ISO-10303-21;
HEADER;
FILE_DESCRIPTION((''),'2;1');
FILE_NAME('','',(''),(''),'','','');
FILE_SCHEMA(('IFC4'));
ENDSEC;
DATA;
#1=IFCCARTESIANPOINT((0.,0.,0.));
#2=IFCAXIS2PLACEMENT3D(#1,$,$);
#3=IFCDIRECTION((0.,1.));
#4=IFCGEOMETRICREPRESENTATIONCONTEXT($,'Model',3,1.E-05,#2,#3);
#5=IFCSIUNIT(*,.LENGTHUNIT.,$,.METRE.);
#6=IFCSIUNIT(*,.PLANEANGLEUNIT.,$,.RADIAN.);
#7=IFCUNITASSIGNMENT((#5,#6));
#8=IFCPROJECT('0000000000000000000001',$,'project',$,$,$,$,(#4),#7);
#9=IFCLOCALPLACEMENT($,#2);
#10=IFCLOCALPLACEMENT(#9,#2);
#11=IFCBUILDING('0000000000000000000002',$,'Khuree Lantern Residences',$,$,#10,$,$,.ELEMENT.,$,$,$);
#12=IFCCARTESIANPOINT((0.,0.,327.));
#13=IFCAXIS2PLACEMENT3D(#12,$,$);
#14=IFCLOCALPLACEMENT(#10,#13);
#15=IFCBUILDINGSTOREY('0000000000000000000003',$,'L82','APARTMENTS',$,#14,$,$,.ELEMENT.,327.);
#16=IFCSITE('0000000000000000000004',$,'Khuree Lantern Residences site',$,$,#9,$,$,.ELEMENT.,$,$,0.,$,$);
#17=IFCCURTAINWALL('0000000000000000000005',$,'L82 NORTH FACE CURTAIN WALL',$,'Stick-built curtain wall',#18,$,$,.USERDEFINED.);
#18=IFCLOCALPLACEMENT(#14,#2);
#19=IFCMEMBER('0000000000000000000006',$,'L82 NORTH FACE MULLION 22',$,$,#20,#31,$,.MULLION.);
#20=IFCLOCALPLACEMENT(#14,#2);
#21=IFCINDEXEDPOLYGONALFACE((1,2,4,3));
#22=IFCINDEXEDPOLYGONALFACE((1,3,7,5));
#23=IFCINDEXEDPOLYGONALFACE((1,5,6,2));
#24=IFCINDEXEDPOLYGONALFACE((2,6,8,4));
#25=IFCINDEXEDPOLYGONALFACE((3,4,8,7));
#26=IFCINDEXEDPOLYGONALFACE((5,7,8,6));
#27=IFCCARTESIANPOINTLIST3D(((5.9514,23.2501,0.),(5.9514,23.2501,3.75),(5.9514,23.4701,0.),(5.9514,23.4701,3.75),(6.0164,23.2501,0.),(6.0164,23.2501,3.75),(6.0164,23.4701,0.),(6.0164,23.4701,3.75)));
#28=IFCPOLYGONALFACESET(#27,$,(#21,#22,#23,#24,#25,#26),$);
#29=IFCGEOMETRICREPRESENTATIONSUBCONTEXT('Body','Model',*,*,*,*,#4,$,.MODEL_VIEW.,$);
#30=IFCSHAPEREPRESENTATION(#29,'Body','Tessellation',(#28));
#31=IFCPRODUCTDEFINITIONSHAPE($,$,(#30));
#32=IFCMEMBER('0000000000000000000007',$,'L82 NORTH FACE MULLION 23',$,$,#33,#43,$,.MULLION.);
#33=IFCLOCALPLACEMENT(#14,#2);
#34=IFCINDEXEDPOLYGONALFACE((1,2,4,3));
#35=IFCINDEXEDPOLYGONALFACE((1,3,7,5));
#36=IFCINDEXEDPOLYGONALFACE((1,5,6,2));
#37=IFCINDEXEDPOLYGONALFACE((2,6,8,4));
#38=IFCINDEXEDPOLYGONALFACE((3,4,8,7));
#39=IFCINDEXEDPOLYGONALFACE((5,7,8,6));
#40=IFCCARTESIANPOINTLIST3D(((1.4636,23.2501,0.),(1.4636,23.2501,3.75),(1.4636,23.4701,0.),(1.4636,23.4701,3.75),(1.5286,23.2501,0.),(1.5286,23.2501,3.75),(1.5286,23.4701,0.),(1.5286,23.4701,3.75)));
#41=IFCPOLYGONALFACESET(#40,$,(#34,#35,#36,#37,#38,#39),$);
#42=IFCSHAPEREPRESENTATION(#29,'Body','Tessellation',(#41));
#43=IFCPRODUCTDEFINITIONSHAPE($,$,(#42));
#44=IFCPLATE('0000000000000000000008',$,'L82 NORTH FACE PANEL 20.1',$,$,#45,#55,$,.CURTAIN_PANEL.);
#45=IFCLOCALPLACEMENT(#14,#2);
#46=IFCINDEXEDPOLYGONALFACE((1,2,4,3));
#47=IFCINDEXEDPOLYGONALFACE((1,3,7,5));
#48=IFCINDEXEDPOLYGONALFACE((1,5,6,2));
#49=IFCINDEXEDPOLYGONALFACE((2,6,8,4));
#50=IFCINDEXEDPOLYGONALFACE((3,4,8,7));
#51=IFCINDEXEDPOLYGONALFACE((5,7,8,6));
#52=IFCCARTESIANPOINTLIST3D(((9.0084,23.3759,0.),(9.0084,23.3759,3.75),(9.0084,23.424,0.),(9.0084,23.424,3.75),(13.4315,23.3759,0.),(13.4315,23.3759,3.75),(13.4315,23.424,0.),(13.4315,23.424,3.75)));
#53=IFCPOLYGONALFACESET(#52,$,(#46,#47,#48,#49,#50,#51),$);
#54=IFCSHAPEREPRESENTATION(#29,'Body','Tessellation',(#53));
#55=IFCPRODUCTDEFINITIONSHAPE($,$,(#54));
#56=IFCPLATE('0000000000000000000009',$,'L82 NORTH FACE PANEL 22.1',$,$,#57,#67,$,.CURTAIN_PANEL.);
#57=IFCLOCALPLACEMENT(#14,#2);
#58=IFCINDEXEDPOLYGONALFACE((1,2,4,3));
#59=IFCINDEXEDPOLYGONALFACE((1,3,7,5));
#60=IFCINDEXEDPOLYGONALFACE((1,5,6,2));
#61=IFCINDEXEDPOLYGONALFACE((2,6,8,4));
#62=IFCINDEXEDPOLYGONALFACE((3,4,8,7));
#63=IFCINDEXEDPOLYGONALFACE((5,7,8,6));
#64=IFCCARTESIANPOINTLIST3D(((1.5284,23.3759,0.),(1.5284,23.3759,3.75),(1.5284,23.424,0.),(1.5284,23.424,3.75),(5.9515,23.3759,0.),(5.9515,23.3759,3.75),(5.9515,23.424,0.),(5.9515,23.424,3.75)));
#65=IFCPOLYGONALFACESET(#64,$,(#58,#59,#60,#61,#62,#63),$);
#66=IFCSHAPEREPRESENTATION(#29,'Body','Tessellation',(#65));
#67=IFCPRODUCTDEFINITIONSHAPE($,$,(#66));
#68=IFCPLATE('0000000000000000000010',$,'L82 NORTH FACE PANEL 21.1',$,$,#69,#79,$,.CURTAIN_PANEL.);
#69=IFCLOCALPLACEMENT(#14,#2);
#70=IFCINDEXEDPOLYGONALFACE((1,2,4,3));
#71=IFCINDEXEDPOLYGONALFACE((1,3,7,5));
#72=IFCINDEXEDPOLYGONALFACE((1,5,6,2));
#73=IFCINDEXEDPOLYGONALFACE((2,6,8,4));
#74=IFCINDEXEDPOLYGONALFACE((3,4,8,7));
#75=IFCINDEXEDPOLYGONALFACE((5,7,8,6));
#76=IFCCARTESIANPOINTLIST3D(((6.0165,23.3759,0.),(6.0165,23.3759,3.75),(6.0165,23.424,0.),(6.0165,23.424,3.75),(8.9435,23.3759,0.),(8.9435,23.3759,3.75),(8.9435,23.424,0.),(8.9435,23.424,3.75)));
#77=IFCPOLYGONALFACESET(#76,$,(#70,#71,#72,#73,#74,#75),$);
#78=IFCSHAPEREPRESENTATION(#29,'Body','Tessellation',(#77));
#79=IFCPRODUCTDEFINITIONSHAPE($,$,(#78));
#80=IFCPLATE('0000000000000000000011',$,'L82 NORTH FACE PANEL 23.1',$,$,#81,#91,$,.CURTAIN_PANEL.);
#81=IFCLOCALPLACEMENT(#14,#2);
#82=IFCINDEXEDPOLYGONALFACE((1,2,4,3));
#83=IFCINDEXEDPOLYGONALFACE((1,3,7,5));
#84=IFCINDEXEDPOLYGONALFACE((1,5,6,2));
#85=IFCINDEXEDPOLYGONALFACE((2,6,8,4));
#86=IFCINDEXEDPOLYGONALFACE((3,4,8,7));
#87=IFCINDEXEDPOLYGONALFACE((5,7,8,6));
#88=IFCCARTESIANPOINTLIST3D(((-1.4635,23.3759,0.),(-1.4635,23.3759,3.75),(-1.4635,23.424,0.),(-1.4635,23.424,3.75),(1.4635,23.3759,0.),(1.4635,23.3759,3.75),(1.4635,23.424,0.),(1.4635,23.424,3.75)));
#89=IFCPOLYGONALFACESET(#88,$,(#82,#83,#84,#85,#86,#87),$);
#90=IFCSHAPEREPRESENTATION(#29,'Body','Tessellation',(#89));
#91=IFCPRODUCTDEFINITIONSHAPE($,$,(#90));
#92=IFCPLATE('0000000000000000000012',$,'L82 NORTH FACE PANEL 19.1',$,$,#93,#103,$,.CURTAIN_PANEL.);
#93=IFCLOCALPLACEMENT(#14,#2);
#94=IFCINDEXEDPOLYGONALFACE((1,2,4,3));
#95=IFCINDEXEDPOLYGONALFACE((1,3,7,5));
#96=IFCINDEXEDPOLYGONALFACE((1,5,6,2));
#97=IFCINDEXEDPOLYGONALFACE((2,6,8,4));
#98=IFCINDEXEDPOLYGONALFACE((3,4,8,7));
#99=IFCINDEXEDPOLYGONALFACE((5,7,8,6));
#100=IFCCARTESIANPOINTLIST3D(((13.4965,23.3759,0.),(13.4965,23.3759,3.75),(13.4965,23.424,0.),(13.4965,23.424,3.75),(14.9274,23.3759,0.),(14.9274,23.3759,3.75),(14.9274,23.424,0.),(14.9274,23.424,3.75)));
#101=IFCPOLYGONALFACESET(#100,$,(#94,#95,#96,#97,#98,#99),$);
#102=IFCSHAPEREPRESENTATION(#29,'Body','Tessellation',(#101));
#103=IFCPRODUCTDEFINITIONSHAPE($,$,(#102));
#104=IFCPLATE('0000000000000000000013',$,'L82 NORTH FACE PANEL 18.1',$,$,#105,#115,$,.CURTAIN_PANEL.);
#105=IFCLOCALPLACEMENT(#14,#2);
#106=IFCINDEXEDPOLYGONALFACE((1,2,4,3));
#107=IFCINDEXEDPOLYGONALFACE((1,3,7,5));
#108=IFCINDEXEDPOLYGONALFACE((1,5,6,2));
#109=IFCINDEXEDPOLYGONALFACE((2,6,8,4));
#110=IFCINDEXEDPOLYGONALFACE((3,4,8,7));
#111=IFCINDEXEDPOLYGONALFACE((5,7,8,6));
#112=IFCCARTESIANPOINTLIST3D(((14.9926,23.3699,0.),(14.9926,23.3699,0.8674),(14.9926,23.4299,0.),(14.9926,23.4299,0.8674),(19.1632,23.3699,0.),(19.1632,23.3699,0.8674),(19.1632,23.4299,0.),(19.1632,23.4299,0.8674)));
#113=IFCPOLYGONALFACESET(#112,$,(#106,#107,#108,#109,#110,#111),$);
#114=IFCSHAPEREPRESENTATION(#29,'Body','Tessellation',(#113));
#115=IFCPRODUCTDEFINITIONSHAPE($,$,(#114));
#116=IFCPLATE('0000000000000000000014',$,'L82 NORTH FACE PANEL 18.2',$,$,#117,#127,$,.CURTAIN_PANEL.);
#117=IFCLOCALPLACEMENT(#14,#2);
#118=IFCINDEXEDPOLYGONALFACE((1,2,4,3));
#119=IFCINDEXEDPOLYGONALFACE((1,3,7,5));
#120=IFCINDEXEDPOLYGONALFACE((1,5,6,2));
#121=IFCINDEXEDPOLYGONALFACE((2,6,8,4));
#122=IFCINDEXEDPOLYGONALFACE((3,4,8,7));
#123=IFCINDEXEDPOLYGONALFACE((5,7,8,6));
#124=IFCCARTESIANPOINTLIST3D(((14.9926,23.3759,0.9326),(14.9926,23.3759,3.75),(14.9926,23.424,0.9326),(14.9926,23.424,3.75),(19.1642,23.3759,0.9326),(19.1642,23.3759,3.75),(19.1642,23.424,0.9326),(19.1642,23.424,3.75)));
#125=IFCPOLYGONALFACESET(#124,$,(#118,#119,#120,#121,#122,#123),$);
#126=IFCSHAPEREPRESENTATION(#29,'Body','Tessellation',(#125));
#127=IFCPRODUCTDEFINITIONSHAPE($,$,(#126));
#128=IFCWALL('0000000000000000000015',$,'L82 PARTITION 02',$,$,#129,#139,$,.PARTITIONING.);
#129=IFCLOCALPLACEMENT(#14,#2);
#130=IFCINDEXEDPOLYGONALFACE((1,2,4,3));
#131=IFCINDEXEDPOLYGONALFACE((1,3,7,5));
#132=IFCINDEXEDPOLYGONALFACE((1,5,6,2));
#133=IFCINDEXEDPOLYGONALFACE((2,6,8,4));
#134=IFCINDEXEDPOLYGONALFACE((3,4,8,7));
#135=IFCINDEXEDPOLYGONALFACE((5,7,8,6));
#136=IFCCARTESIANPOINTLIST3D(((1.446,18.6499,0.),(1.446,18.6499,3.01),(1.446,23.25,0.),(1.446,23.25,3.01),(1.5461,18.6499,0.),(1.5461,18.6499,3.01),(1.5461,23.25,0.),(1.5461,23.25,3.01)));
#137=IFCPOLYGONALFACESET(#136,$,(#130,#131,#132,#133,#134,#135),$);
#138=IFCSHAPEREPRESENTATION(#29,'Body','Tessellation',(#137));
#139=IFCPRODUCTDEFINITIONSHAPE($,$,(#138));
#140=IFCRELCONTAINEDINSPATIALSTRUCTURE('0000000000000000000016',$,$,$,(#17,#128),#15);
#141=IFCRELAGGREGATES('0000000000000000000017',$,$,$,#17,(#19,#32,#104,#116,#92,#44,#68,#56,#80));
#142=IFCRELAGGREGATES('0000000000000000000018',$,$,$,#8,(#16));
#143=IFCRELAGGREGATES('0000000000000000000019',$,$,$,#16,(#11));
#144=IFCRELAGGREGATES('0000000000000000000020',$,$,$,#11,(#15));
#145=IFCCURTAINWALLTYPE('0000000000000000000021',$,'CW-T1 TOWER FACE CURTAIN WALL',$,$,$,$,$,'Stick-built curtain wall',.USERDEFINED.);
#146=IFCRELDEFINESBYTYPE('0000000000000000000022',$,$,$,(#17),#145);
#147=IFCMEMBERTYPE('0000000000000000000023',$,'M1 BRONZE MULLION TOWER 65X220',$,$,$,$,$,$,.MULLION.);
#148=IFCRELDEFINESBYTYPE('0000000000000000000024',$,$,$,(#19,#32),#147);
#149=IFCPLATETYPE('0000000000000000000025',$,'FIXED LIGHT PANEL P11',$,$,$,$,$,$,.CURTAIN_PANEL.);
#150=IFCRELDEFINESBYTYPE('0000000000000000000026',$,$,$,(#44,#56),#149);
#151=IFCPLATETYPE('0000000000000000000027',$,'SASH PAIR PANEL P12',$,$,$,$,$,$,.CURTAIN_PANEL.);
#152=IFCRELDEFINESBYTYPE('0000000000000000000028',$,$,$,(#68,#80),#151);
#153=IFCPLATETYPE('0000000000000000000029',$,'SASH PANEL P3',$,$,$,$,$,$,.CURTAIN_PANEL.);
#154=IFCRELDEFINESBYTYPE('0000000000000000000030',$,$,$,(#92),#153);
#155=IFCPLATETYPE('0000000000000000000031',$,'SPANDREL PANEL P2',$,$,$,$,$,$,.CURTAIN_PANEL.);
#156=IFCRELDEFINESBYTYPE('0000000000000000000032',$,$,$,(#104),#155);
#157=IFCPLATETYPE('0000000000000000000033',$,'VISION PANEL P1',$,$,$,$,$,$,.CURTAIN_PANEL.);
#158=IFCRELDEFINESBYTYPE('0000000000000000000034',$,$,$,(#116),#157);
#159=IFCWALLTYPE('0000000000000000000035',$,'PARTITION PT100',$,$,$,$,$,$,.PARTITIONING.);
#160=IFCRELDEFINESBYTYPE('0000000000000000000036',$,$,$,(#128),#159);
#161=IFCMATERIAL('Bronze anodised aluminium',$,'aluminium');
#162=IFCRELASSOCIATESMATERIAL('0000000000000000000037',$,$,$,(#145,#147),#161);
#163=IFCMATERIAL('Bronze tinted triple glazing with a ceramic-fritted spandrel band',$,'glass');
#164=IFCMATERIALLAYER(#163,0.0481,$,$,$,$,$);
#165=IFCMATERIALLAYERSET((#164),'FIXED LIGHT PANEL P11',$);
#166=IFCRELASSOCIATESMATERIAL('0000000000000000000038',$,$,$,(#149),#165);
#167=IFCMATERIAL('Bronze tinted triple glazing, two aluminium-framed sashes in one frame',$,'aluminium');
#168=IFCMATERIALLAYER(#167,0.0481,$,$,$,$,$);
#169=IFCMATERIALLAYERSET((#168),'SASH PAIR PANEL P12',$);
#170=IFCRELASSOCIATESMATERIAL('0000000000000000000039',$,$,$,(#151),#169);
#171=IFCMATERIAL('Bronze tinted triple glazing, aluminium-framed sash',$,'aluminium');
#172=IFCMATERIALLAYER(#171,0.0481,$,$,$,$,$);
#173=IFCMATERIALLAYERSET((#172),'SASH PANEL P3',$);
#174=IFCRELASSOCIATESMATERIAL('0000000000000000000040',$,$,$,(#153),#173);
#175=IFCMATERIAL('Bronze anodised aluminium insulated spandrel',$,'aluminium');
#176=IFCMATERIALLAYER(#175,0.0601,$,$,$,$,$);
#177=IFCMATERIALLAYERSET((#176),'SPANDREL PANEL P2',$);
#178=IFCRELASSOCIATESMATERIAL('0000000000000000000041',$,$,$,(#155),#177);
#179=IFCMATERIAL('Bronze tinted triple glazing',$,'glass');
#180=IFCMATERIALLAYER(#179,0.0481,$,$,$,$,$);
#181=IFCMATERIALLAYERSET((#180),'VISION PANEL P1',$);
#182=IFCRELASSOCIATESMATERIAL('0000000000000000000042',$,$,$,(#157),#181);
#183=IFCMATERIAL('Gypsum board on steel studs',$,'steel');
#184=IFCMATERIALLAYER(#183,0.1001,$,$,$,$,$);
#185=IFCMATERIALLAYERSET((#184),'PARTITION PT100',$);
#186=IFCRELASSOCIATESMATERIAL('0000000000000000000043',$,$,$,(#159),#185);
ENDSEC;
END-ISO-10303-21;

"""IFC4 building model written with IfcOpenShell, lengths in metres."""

from ifc_helpers import new_model, si_unit, direction, frame, frame_2d, origin, origin_2d, place, context, subcontext, project, spatial, rectangle, extrude, material, layer, layer_set, material_profile, profile_set, type_object, element, aggregate, save


model = new_model("IFC4")

# Units and contexts
model_context = context("Model", 3, precision=1e-05, world=origin(), true_north=direction((0.0, 1.0)))
body_context = subcontext(model_context, "Body", "Model", "MODEL_VIEW")
ifc_project = project(units=[si_unit("LENGTHUNIT", "METRE"), si_unit("PLANEANGLEUNIT", "RADIAN")], contexts=[model_context])

# Site, building, storey
site_placement = place(None, origin())
site = spatial("IfcSite", under=ifc_project, at=site_placement, Name="Khuree Lantern Residences site", CompositionType="ELEMENT", RefElevation=0.0)
building_placement = place(site_placement, origin())
building = spatial("IfcBuilding", under=site, at=building_placement, Name="Khuree Lantern Residences", CompositionType="ELEMENT")
storey_placement = place(building_placement, frame((0.0, 0.0, 327.0)))
storey = spatial("IfcBuildingStorey", under=building, at=storey_placement, Name="L82", Description="APARTMENTS", CompositionType="ELEMENT", Elevation=327.0)

# Curtain wall
ifc_material_1 = material(Name="Bronze anodised aluminium", Category="aluminium")
curtain_wall_type = type_object("IfcCurtainWallType", Name="CW-T1 TOWER FACE CURTAIN WALL", ElementType="Stick-built curtain wall", PredefinedType="USERDEFINED", material=ifc_material_1)
curtain_wall_placement = place(storey_placement, origin())
curtain_wall = element("IfcCurtainWall", 1, at=curtain_wall_placement, inside=storey, type_object=curtain_wall_type, Name="L82 NORTH FACE CURTAIN WALL", ObjectType="Stick-built curtain wall", PredefinedType="USERDEFINED")

# Members
ifc_material_profile_1 = material_profile(ifc_material_1, rectangle(XDim=0.0649, YDim=0.22, at=origin_2d()), Name="M1 65X220")
ifc_profile_set_1 = profile_set([ifc_material_profile_1], Name="Bronze anodised aluminium")
member_type_1 = type_object("IfcMemberType", Name="M1 BRONZE MULLION TOWER 65X220", PredefinedType="MULLION", material=ifc_profile_set_1)
member_1_placement = place(storey_placement, frame((5.9839, 23.3601, 0.0), z_axis=(0.0, 0.0, 1.0), x_axis=(-1.0, 0.0, 0.0)))
member_1 = element("IfcMember", 2, at=member_1_placement, type_object=member_type_1, Name="L82 NORTH FACE MULLION 22", PredefinedType="MULLION", context=body_context, shape_type="SweptSolid", body=[
    extrude(rectangle(XDim=0.0649, YDim=0.22, at=origin_2d()), origin(), (0.0, 0.0, 1.0), 3.75),
])
member_2_placement = place(storey_placement, frame((1.4961, 23.3601, 0.0), z_axis=(0.0, 0.0, 1.0), x_axis=(-1.0, 0.0, 0.0)))
member_2 = element("IfcMember", 3, at=member_2_placement, type_object=member_type_1, Name="L82 NORTH FACE MULLION 23", PredefinedType="MULLION", context=body_context, shape_type="SweptSolid", body=[
    extrude(rectangle(XDim=0.0649, YDim=0.22, at=origin_2d()), origin(), (0.0, 0.0, 1.0), 3.75),
])

# Plates
ifc_material_2 = material(Name="Bronze tinted triple glazing with a ceramic-fritted spandrel band", Category="glass")
ifc_layer_1 = layer(ifc_material_2, 0.0481)
ifc_layer_set_1 = layer_set([ifc_layer_1], Name="FIXED LIGHT PANEL P11")
plate_type_1 = type_object("IfcPlateType", Name="FIXED LIGHT PANEL P11", PredefinedType="CURTAIN_PANEL", material=ifc_layer_set_1)
plate_1_placement = place(storey_placement, frame((11.22, 23.3999, 0.0), z_axis=(0.0, 0.0, 1.0), x_axis=(-1.0, 0.0, 0.0)))
plate_1 = element("IfcPlate", 4, at=plate_1_placement, type_object=plate_type_1, Name="L82 NORTH FACE PANEL 20.1", PredefinedType="CURTAIN_PANEL", context=body_context, shape_type="SweptSolid", body=[
    extrude(rectangle(XDim=4.4231, YDim=0.0481, at=origin_2d()), origin(), (0.0, 0.0, 1.0), 3.75),
])
plate_2_placement = place(storey_placement, frame((3.74, 23.3999, 0.0), z_axis=(0.0, 0.0, 1.0), x_axis=(-1.0, 0.0, 0.0)))
plate_2 = element("IfcPlate", 5, at=plate_2_placement, type_object=plate_type_1, Name="L82 NORTH FACE PANEL 22.1", PredefinedType="CURTAIN_PANEL", context=body_context, shape_type="SweptSolid", body=[
    extrude(rectangle(XDim=4.4231, YDim=0.0481, at=origin_2d()), origin(), (0.0, 0.0, 1.0), 3.75),
])
ifc_material_3 = material(Name="Bronze tinted triple glazing, two aluminium-framed sashes in one frame", Category="aluminium")
ifc_layer_2 = layer(ifc_material_3, 0.0481)
ifc_layer_set_2 = layer_set([ifc_layer_2], Name="SASH PAIR PANEL P12")
plate_type_2 = type_object("IfcPlateType", Name="SASH PAIR PANEL P12", PredefinedType="CURTAIN_PANEL", material=ifc_layer_set_2)
plate_3_placement = place(storey_placement, frame((7.48, 23.3999, 0.0), z_axis=(0.0, 0.0, 1.0), x_axis=(-1.0, 0.0, 0.0)))
plate_3 = element("IfcPlate", 6, at=plate_3_placement, type_object=plate_type_2, Name="L82 NORTH FACE PANEL 21.1", PredefinedType="CURTAIN_PANEL", context=body_context, shape_type="SweptSolid", body=[
    extrude(rectangle(XDim=2.927, YDim=0.0481, at=origin_2d()), origin(), (0.0, 0.0, 1.0), 3.75),
])
plate_4_placement = place(storey_placement, frame((0.0, 23.3999, 0.0), z_axis=(0.0, 0.0, 1.0), x_axis=(-1.0, 0.0, 0.0)))
plate_4 = element("IfcPlate", 7, at=plate_4_placement, type_object=plate_type_2, Name="L82 NORTH FACE PANEL 23.1", PredefinedType="CURTAIN_PANEL", context=body_context, shape_type="SweptSolid", body=[
    extrude(rectangle(XDim=2.927, YDim=0.0481, at=origin_2d()), origin(), (0.0, 0.0, 1.0), 3.75),
])
ifc_material_4 = material(Name="Bronze tinted triple glazing, aluminium-framed sash", Category="aluminium")
ifc_layer_3 = layer(ifc_material_4, 0.0481)
ifc_layer_set_3 = layer_set([ifc_layer_3], Name="SASH PANEL P3")
plate_type_3 = type_object("IfcPlateType", Name="SASH PANEL P3", PredefinedType="CURTAIN_PANEL", material=ifc_layer_set_3)
plate_5_placement = place(storey_placement, frame((14.2119, 23.3999, 0.0), z_axis=(0.0, 0.0, 1.0), x_axis=(-1.0, 0.0, 0.0)))
plate_5 = element("IfcPlate", 8, at=plate_5_placement, type_object=plate_type_3, Name="L82 NORTH FACE PANEL 19.1", PredefinedType="CURTAIN_PANEL", context=body_context, shape_type="SweptSolid", body=[
    extrude(rectangle(XDim=1.4309, YDim=0.0481, at=origin_2d()), origin(), (0.0, 0.0, 1.0), 3.75),
])
ifc_material_5 = material(Name="Bronze anodised aluminium insulated spandrel", Category="aluminium")
ifc_layer_4 = layer(ifc_material_5, 0.0601)
ifc_layer_set_4 = layer_set([ifc_layer_4], Name="SPANDREL PANEL P2")
plate_type_4 = type_object("IfcPlateType", Name="SPANDREL PANEL P2", PredefinedType="CURTAIN_PANEL", material=ifc_layer_set_4)
plate_6_placement = place(storey_placement, frame((17.0779, 23.3999, 0.0), z_axis=(0.0, 0.0, 1.0), x_axis=(-1.0, 0.0, 0.0)))
plate_6 = element("IfcPlate", 9, at=plate_6_placement, type_object=plate_type_4, Name="L82 NORTH FACE PANEL 18.1", PredefinedType="CURTAIN_PANEL", context=body_context, shape_type="SweptSolid", body=[
    extrude(rectangle(XDim=4.1707, YDim=0.0601, at=origin_2d()), origin(), (0.0, 0.0, 1.0), 0.8674),
])
ifc_material_6 = material(Name="Bronze tinted triple glazing", Category="glass")
ifc_layer_5 = layer(ifc_material_6, 0.0481)
ifc_layer_set_5 = layer_set([ifc_layer_5], Name="VISION PANEL P1")
plate_type_5 = type_object("IfcPlateType", Name="VISION PANEL P1", PredefinedType="CURTAIN_PANEL", material=ifc_layer_set_5)
plate_7_placement = place(storey_placement, frame((17.0784, 23.3999, 0.9326), z_axis=(0.0, 0.0, 1.0), x_axis=(-1.0, 0.0, 0.0)))
plate_7 = element("IfcPlate", 10, at=plate_7_placement, type_object=plate_type_5, Name="L82 NORTH FACE PANEL 18.2", PredefinedType="CURTAIN_PANEL", context=body_context, shape_type="SweptSolid", body=[
    extrude(rectangle(XDim=4.1716, YDim=0.0481, at=origin_2d()), origin(), (0.0, 0.0, 1.0), 2.8174),
])
aggregate(curtain_wall, [member_1, member_2, plate_6, plate_7, plate_5, plate_1, plate_3, plate_2, plate_4])

# Wall
ifc_material_7 = material(Name="Gypsum board on steel studs", Category="steel")
ifc_layer_6 = layer(ifc_material_7, 0.1001)
ifc_layer_set_6 = layer_set([ifc_layer_6], Name="PARTITION PT100")
wall_type = type_object("IfcWallType", Name="PARTITION PT100", PredefinedType="PARTITIONING", material=ifc_layer_set_6)
wall_1_placement = place(storey_placement, frame((1.4961, 18.6499, 0.0), z_axis=(0.0, 0.0, 1.0), x_axis=(0.0, 1.0, 0.0)))
element("IfcWall", 11, at=wall_1_placement, inside=storey, type_object=wall_type, Name="L82 PARTITION 02", PredefinedType="PARTITIONING", context=body_context, shape_type="SweptSolid", body=[
    extrude(rectangle(XDim=4.6001, YDim=0.1001, at=frame_2d((2.3, 0.0))), origin(), (0.0, 0.0, 1.0), 3.01),
])

save(model, "model.ifc")
